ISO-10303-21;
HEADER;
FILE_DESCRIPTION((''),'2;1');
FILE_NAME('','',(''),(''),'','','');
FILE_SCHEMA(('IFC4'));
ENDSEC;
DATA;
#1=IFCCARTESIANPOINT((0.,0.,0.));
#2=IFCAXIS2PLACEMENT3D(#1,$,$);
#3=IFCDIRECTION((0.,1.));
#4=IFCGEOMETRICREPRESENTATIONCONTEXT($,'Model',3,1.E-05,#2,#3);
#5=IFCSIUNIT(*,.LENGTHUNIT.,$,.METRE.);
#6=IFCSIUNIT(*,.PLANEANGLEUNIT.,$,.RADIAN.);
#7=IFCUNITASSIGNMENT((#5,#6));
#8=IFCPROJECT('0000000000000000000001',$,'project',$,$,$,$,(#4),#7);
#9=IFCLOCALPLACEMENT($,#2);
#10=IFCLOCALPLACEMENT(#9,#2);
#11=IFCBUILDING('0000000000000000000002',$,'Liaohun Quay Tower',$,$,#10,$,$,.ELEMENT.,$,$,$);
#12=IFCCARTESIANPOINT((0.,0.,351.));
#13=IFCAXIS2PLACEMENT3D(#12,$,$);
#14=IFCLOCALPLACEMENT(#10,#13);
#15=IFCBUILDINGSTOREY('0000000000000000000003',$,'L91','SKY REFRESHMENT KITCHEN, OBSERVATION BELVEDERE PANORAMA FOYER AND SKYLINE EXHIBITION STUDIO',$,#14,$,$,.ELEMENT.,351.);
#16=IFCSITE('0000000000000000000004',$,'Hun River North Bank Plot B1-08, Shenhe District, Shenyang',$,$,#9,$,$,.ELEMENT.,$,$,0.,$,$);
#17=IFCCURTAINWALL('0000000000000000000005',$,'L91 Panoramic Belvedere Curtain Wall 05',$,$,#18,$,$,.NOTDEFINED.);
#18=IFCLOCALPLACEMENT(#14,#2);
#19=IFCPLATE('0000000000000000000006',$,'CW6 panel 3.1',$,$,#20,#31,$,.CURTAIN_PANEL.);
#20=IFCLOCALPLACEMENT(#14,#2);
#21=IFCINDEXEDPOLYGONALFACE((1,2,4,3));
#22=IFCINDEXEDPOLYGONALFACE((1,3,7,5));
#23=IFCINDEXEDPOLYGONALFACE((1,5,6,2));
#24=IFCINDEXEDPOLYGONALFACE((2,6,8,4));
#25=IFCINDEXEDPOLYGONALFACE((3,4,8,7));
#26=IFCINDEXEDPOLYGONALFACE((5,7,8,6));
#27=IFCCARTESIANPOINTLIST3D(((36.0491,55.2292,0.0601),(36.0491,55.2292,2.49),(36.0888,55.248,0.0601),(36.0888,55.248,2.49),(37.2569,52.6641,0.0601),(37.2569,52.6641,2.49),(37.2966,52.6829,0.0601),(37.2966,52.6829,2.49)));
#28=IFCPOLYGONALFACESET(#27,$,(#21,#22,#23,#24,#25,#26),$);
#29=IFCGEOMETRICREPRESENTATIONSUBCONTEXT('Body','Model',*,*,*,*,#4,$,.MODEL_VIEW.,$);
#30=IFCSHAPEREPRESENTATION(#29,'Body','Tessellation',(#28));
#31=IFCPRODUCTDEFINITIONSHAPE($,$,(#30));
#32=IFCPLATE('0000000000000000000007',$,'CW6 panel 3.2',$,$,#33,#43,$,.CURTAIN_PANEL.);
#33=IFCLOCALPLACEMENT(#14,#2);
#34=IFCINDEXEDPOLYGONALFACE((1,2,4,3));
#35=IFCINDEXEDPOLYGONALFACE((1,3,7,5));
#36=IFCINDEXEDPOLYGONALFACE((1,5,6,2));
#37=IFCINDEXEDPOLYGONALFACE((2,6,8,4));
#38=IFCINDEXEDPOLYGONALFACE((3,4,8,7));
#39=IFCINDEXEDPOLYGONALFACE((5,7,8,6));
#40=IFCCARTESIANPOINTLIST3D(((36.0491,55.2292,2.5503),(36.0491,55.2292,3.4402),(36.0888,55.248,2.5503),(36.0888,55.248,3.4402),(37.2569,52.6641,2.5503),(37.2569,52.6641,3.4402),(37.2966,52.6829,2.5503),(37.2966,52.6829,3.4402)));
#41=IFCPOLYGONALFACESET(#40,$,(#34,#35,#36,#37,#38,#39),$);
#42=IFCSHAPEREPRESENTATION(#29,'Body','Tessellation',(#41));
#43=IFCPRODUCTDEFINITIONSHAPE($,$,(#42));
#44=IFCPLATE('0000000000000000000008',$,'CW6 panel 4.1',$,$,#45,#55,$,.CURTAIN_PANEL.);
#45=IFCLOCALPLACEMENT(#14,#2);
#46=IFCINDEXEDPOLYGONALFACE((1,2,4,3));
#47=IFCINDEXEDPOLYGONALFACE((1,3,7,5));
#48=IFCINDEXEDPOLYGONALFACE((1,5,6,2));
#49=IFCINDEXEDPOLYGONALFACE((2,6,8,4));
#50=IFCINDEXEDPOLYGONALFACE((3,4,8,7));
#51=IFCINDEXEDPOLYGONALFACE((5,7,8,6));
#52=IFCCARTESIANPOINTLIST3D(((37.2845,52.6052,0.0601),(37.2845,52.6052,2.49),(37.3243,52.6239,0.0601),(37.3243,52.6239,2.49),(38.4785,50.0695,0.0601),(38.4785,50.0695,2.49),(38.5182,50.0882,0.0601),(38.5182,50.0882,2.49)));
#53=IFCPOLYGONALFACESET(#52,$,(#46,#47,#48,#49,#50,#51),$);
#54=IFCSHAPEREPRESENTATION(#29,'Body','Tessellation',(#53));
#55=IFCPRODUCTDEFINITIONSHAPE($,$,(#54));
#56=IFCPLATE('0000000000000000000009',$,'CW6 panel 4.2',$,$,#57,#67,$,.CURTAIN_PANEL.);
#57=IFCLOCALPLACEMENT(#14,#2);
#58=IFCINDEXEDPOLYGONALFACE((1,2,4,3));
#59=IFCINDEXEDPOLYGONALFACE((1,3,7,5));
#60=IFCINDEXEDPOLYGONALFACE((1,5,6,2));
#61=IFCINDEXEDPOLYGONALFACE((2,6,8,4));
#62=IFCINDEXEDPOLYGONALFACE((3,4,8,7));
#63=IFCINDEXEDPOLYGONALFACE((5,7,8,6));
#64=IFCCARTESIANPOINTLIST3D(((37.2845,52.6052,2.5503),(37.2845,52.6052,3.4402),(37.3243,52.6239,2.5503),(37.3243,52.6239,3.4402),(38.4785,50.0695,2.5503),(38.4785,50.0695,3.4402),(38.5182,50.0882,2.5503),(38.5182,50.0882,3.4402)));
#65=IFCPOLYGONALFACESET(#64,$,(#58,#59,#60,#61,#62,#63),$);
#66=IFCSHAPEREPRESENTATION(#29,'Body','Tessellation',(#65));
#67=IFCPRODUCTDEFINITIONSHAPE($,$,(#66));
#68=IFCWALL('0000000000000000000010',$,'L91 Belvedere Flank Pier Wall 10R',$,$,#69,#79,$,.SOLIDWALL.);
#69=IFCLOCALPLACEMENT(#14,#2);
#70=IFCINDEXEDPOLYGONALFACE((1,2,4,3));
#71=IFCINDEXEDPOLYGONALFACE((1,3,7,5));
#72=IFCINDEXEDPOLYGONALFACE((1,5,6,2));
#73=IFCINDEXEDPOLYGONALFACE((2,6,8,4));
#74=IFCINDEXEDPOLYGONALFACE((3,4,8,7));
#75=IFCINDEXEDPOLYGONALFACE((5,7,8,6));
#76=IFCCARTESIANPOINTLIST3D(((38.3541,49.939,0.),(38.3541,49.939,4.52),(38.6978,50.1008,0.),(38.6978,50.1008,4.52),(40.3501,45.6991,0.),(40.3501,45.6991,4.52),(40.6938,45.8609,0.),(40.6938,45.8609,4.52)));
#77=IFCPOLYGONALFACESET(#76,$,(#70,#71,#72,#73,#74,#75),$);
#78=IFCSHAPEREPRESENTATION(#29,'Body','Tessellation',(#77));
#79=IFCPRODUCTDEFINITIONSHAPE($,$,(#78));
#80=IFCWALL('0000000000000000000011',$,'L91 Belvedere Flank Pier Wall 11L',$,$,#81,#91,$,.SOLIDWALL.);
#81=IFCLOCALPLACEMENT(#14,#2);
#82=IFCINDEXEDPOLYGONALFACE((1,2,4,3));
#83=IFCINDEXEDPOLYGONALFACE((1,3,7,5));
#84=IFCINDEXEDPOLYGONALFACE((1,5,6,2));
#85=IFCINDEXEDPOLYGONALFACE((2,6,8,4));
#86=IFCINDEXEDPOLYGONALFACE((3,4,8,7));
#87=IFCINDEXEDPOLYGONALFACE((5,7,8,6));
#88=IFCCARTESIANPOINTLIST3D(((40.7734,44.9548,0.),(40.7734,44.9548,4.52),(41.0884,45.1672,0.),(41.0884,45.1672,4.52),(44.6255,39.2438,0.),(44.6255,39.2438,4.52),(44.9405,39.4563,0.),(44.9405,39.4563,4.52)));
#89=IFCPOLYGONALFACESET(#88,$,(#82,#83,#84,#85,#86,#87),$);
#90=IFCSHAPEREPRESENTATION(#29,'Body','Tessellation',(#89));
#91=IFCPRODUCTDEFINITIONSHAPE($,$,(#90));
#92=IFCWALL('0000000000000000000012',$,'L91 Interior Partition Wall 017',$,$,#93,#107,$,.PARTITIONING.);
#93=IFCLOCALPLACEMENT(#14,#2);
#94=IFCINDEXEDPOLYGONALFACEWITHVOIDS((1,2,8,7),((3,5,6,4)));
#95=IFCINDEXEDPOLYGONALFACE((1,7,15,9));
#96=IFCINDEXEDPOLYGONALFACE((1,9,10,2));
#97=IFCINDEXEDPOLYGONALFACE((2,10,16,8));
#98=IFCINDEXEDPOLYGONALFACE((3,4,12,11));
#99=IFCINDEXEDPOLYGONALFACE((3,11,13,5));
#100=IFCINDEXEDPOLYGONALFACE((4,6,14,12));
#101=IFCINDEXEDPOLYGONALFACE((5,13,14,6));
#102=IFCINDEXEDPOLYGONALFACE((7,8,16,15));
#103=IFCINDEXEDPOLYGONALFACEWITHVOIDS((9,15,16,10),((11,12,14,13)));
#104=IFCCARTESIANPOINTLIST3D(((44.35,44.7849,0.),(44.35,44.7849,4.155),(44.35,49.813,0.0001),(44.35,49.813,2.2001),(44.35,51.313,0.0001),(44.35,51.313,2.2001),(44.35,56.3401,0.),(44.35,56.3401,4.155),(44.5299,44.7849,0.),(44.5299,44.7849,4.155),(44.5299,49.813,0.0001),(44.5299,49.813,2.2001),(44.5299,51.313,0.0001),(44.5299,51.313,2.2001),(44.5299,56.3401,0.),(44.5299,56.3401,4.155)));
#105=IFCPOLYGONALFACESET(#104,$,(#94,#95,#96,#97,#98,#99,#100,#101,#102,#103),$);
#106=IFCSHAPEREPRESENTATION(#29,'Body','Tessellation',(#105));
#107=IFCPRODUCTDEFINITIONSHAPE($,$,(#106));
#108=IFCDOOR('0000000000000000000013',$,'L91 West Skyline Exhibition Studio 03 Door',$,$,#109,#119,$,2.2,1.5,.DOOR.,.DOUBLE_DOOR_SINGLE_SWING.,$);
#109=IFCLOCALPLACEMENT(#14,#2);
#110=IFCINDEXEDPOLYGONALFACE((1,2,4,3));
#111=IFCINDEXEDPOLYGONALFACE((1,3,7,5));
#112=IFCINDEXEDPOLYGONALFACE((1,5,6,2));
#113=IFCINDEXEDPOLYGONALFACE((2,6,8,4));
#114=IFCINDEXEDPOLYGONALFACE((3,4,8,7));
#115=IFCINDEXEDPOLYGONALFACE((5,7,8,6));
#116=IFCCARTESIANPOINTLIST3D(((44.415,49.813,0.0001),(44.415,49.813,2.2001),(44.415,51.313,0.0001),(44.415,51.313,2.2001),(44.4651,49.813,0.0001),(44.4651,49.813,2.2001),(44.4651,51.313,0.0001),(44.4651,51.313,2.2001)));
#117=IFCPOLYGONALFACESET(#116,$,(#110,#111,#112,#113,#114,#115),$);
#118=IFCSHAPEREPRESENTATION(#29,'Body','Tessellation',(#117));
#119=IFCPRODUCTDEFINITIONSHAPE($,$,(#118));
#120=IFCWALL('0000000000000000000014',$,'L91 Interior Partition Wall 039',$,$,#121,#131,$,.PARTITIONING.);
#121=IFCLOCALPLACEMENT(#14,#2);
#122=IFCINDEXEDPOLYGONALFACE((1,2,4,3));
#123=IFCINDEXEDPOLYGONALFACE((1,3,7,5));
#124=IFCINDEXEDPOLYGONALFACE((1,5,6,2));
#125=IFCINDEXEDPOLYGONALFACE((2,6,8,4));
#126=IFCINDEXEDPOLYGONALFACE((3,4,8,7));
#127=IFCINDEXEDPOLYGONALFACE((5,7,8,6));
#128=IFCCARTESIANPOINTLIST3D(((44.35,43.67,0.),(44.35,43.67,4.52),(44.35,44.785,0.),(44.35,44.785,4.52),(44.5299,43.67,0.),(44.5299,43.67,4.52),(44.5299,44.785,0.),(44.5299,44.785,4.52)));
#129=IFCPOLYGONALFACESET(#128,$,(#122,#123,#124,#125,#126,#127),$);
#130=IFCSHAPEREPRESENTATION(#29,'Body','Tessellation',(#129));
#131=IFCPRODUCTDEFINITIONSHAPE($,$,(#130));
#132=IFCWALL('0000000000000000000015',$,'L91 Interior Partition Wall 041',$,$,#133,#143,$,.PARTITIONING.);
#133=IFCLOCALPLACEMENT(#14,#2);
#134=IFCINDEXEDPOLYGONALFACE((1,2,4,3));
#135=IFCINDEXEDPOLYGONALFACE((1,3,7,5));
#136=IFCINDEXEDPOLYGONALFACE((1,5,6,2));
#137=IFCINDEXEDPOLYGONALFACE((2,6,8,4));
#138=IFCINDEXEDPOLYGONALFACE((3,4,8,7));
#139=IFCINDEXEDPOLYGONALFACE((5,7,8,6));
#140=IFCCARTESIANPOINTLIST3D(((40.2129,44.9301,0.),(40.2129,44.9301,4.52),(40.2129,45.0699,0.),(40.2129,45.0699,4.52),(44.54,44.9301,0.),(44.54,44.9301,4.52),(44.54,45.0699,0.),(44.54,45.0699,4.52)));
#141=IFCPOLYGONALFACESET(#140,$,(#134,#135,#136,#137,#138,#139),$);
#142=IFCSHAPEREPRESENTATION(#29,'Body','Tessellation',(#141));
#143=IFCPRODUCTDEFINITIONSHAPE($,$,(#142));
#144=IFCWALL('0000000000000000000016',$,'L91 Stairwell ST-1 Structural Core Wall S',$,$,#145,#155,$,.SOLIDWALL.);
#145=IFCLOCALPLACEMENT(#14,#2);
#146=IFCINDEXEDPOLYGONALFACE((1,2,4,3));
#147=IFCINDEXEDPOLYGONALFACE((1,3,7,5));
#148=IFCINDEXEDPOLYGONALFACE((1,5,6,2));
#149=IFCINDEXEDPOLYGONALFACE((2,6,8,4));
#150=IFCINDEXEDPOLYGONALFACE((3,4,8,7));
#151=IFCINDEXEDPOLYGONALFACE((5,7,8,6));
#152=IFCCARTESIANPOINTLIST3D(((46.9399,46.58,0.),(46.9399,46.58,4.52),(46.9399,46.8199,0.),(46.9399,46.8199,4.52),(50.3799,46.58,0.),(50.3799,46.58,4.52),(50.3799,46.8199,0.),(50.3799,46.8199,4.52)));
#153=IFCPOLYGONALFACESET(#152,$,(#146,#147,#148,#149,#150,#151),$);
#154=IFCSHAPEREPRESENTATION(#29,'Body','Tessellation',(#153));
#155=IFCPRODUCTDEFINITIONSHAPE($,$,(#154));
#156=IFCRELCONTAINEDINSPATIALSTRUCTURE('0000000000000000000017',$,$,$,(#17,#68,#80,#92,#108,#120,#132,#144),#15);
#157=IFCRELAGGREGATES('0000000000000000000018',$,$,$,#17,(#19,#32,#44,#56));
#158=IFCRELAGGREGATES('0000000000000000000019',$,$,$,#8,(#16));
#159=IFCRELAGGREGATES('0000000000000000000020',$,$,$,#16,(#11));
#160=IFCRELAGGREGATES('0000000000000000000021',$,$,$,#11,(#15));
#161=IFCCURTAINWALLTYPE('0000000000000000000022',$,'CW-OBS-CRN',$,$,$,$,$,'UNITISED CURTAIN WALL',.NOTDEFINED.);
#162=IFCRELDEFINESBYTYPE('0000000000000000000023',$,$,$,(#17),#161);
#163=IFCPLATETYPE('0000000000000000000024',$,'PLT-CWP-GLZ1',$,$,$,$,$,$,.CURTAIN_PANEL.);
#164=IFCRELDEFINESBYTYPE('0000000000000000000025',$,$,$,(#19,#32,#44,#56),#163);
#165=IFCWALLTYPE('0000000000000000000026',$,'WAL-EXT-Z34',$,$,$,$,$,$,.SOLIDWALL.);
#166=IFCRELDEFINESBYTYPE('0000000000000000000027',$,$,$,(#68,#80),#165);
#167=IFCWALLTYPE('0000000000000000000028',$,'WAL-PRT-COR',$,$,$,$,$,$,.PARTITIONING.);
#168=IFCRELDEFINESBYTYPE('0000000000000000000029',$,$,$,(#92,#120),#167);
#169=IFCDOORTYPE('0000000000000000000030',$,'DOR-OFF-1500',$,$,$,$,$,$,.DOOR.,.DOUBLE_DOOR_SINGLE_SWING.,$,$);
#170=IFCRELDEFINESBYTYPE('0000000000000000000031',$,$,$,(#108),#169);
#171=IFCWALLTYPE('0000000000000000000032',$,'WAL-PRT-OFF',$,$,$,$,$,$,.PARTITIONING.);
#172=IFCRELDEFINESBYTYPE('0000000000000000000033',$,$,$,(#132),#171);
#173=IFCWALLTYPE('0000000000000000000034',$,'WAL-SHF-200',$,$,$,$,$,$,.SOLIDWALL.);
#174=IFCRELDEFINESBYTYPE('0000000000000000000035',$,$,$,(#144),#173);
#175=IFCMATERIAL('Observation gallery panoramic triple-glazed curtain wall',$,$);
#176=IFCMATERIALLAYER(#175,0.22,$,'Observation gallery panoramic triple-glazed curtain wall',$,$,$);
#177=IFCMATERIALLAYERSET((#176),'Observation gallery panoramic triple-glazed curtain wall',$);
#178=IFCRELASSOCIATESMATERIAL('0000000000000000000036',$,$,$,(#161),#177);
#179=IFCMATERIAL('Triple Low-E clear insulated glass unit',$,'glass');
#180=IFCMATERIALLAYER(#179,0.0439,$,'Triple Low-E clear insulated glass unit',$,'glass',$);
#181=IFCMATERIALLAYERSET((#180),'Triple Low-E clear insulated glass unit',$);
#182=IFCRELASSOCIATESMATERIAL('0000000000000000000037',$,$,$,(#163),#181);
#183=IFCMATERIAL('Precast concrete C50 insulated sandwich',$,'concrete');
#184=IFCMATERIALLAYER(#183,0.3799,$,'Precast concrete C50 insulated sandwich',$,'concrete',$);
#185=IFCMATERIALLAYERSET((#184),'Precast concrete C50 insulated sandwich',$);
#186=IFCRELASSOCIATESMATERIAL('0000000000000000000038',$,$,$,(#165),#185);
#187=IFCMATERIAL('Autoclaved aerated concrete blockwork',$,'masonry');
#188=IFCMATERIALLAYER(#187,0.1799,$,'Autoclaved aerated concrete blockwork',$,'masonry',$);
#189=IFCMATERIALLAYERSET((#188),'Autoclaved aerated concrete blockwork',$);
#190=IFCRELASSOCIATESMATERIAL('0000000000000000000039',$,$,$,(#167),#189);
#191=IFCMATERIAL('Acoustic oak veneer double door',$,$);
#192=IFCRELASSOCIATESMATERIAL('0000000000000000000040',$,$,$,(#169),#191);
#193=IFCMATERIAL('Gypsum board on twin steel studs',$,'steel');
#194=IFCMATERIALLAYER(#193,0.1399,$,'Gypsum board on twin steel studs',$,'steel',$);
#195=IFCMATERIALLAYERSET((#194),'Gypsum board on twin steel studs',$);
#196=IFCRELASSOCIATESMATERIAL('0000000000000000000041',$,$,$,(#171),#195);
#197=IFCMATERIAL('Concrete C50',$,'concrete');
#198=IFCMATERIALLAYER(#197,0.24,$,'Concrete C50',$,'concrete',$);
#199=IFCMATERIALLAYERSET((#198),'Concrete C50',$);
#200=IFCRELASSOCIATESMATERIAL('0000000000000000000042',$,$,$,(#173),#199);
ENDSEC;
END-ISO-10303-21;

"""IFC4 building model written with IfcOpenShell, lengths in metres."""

from ifc_helpers import new_model, si_unit, direction, frame, frame_2d, origin, origin_2d, place, context, subcontext, project, spatial, rectangle, extrude, source, transform, mapped, material, layer, layer_set, type_object, element, fill, aggregate, save


model = new_model("IFC4")

# Units and contexts
model_context = context("Model", 3, precision=1e-05, world=origin(), true_north=direction((0.0, 1.0)))
body_context = subcontext(model_context, "Body", "Model", "MODEL_VIEW")
ifc_project = project(units=[si_unit("LENGTHUNIT", "METRE"), si_unit("PLANEANGLEUNIT", "RADIAN")], contexts=[model_context])

# Site, building, storey
site_placement = place(None, origin())
site = spatial("IfcSite", under=ifc_project, at=site_placement, Name="Hun River North Bank Plot B1-08, Shenhe District, Shenyang", CompositionType="ELEMENT", RefElevation=0.0)
building_placement = place(site_placement, origin())
building = spatial("IfcBuilding", under=site, at=building_placement, Name="Liaohun Quay Tower", CompositionType="ELEMENT")
storey_placement = place(building_placement, frame((0.0, 0.0, 351.0)))
storey = spatial("IfcBuildingStorey", under=building, at=storey_placement, Name="L91", Description="SKY REFRESHMENT KITCHEN, OBSERVATION BELVEDERE PANORAMA FOYER AND SKYLINE EXHIBITION STUDIO", CompositionType="ELEMENT", Elevation=351.0)

# Shared definitions
ifc_material_1 = material(Name="Concrete C50", Category="concrete")

# Curtain wall, plates
ifc_material_2 = material(Name="Observation gallery panoramic triple-glazed curtain wall")
ifc_layer_1 = layer(ifc_material_2, 0.22, Name="Observation gallery panoramic triple-glazed curtain wall")
ifc_layer_set_1 = layer_set([ifc_layer_1], Name="Observation gallery panoramic triple-glazed curtain wall")
curtain_wall_type = type_object("IfcCurtainWallType", Name="CW-OBS-CRN", ElementType="UNITISED CURTAIN WALL", PredefinedType="NOTDEFINED", material=ifc_layer_set_1)
curtain_wall_placement = place(storey_placement, origin())
curtain_wall = element("IfcCurtainWall", 1, at=curtain_wall_placement, inside=storey, type_object=curtain_wall_type, Name="L91 Panoramic Belvedere Curtain Wall 05", PredefinedType="NOTDEFINED")
ifc_material_3 = material(Name="Triple Low-E clear insulated glass unit", Category="glass")
ifc_layer_2 = layer(ifc_material_3, 0.0439, Name="Triple Low-E clear insulated glass unit", Category="glass")
ifc_layer_set_2 = layer_set([ifc_layer_2], Name="Triple Low-E clear insulated glass unit")
plate_type = type_object("IfcPlateType", Name="PLT-CWP-GLZ1", PredefinedType="CURTAIN_PANEL", material=ifc_layer_set_2)
shared_shape_1 = source(origin(), body_context, "Body", "SweptSolid", [
    extrude(rectangle(XDim=2.8352, YDim=0.0439, at=origin_2d()), origin(), (0.0, 0.0, 1.0), 2.4299),
])
plate_1_placement = place(storey_placement, frame((36.6729, 53.9561, 0.0601), z_axis=(0.0, 0.0, 1.0), x_axis=(0.425988, -0.904729, 0.0)))
plate_1 = element("IfcPlate", 2, at=plate_1_placement, type_object=plate_type, Name="CW6 panel 3.1", PredefinedType="CURTAIN_PANEL", context=body_context, shape_type="MappedRepresentation", body=[
    mapped(shared_shape_1, transform((0.0, 0.0, 0.0), x_axis=(1.0, 0.0, 0.0), y_axis=(0.0, 1.0, 0.0), z_axis=(0.0, 0.0, 1.0), scale=1.0)),
])
shared_shape_2 = source(origin(), body_context, "Body", "SweptSolid", [
    extrude(rectangle(XDim=2.8352, YDim=0.0439, at=origin_2d()), origin(), (0.0, 0.0, 1.0), 0.8899),
])
plate_2_placement = place(storey_placement, frame((36.6729, 53.9561, 2.5503), z_axis=(0.0, 0.0, 1.0), x_axis=(0.425988, -0.904729, 0.0)))
plate_2 = element("IfcPlate", 3, at=plate_2_placement, type_object=plate_type, Name="CW6 panel 3.2", PredefinedType="CURTAIN_PANEL", context=body_context, shape_type="MappedRepresentation", body=[
    mapped(shared_shape_2, transform((0.0, 0.0, 0.0), x_axis=(1.0, 0.0, 0.0), y_axis=(0.0, 1.0, 0.0), z_axis=(0.0, 0.0, 1.0), scale=1.0)),
])
shared_shape_3 = source(origin(), body_context, "Body", "SweptSolid", [
    extrude(rectangle(XDim=2.8027, YDim=0.0439, at=origin_2d()), origin(), (0.0, 0.0, 1.0), 2.4299),
])
plate_3_placement = place(storey_placement, frame((37.9014, 51.3467, 0.0601), z_axis=(0.0, 0.0, 1.0), x_axis=(0.425988, -0.904729, 0.0)))
plate_3 = element("IfcPlate", 4, at=plate_3_placement, type_object=plate_type, Name="CW6 panel 4.1", PredefinedType="CURTAIN_PANEL", context=body_context, shape_type="MappedRepresentation", body=[
    mapped(shared_shape_3, transform((0.0, 0.0, 0.0), x_axis=(1.0, 0.0, 0.0), y_axis=(0.0, 1.0, 0.0), z_axis=(0.0, 0.0, 1.0), scale=1.0)),
])
shared_shape_4 = source(origin(), body_context, "Body", "SweptSolid", [
    extrude(rectangle(XDim=2.8027, YDim=0.0439, at=origin_2d()), origin(), (0.0, 0.0, 1.0), 0.8899),
])
plate_4_placement = place(storey_placement, frame((37.9014, 51.3467, 2.5503), z_axis=(0.0, 0.0, 1.0), x_axis=(0.425988, -0.904729, 0.0)))
plate_4 = element("IfcPlate", 5, at=plate_4_placement, type_object=plate_type, Name="CW6 panel 4.2", PredefinedType="CURTAIN_PANEL", context=body_context, shape_type="MappedRepresentation", body=[
    mapped(shared_shape_4, transform((0.0, 0.0, 0.0), x_axis=(1.0, 0.0, 0.0), y_axis=(0.0, 1.0, 0.0), z_axis=(0.0, 0.0, 1.0), scale=1.0)),
])
aggregate(curtain_wall, [plate_1, plate_2, plate_3, plate_4])

# Walls
ifc_material_4 = material(Name="Precast concrete C50 insulated sandwich", Category="concrete")
ifc_layer_3 = layer(ifc_material_4, 0.3799, Name="Precast concrete C50 insulated sandwich", Category="concrete")
ifc_layer_set_3 = layer_set([ifc_layer_3], Name="Precast concrete C50 insulated sandwich")
wall_type_1 = type_object("IfcWallType", Name="WAL-EXT-Z34", PredefinedType="SOLIDWALL", material=ifc_layer_set_3)
wall_1_placement = place(storey_placement, frame((38.5259, 50.02, 0.0), z_axis=(0.0, 0.0, 1.0), x_axis=(0.425938, -0.904753, 0.0)))
element("IfcWall", 6, at=wall_1_placement, inside=storey, type_object=wall_type_1, Name="L91 Belvedere Flank Pier Wall 10R", PredefinedType="SOLIDWALL", context=body_context, shape_type="SweptSolid", body=[
    extrude(rectangle(XDim=4.6863, YDim=0.3799, at=frame_2d((2.3433, 0.0))), origin(), (0.0, 0.0, 1.0), 4.52),
])
wall_2_placement = place(storey_placement, frame((40.9309, 45.061, 0.0), z_axis=(0.0, 0.0, 1.0), x_axis=(0.55919, -0.829039, 0.0)))
element("IfcWall", 7, at=wall_2_placement, inside=storey, type_object=wall_type_1, Name="L91 Belvedere Flank Pier Wall 11L", PredefinedType="SOLIDWALL", context=body_context, shape_type="SweptSolid", body=[
    extrude(rectangle(XDim=6.8887, YDim=0.3799, at=frame_2d((3.4443, 0.0))), origin(), (0.0, 0.0, 1.0), 4.52),
])

# Wall, opening, door
ifc_material_5 = material(Name="Autoclaved aerated concrete blockwork", Category="masonry")
ifc_layer_4 = layer(ifc_material_5, 0.1799, Name="Autoclaved aerated concrete blockwork", Category="masonry")
ifc_layer_set_4 = layer_set([ifc_layer_4], Name="Autoclaved aerated concrete blockwork")
wall_type_2 = type_object("IfcWallType", Name="WAL-PRT-COR", PredefinedType="PARTITIONING", material=ifc_layer_set_4)
wall_3_placement = place(storey_placement, frame((44.4399, 44.7849, 0.0), z_axis=(0.0, 0.0, 1.0), x_axis=(0.0, 1.0, 0.0)))
wall_3 = element("IfcWall", 8, at=wall_3_placement, inside=storey, type_object=wall_type_2, Name="L91 Interior Partition Wall 017", PredefinedType="PARTITIONING", context=body_context, shape_type="SweptSolid", body=[
    extrude(rectangle(XDim=11.5552, YDim=0.1799, at=frame_2d((5.7776, 0.0))), origin(), (0.0, 0.0, 1.0), 4.155),
])
shared_shape_5 = source(origin(), body_context, "Body", "SweptSolid", [
    extrude(rectangle(XDim=1.5, YDim=2.2, at=frame_2d((0.75, 1.1001))), frame((0.0, 0.0999, 0.0), z_axis=(0.0, -1.0, 0.0), x_axis=(1.0, 0.0, 0.0)), (0.0, 0.0, 1.0), 0.2),
])
opening_1_placement = place(wall_3_placement, frame((5.0281, 0.0, 0.0)))
opening_1 = element("IfcOpeningElement", 9, at=opening_1_placement, cuts=wall_3, PredefinedType="OPENING", context=body_context, shape_type="MappedRepresentation", body=[
    mapped(shared_shape_5, transform((0.0, 0.0, 0.0), x_axis=(1.0, 0.0, 0.0), y_axis=(0.0, 1.0, 0.0), z_axis=(0.0, 0.0, 1.0), scale=1.0)),
])
ifc_material_6 = material(Name="Acoustic oak veneer double door")
door_type_1 = type_object("IfcDoorType", Name="DOR-OFF-1500", OperationType="DOUBLE_DOOR_SINGLE_SWING", PredefinedType="DOOR", material=ifc_material_6)
shared_shape_6 = source(origin(), body_context, "Body", "SweptSolid", [
    extrude(rectangle(XDim=1.5, YDim=2.2, at=frame_2d((0.75, 1.1001))), frame((0.0, 0.0249, 0.0), z_axis=(0.0, -1.0, 0.0), x_axis=(1.0, 0.0, 0.0)), (0.0, 0.0, 1.0), 0.05),
])
door_1_placement = place(opening_1_placement, origin())
door_1 = element("IfcDoor", 10, at=door_1_placement, inside=storey, type_object=door_type_1, Name="L91 West Skyline Exhibition Studio 03 Door", OperationType="DOUBLE_DOOR_SINGLE_SWING", OverallHeight=2.2, OverallWidth=1.5, PredefinedType="DOOR", context=body_context, shape_type="MappedRepresentation", body=[
    mapped(shared_shape_6, transform((0.0, 0.0, 0.0), x_axis=(1.0, 0.0, 0.0), y_axis=(0.0, 1.0, 0.0), z_axis=(0.0, 0.0, 1.0), scale=1.0)),
])
fill(opening_1, door_1)

# Walls
wall_4_placement = place(storey_placement, frame((44.4399, 43.6699, 0.0), z_axis=(0.0, 0.0, 1.0), x_axis=(0.0, 1.0, 0.0)))
element("IfcWall", 11, at=wall_4_placement, inside=storey, type_object=wall_type_2, Name="L91 Interior Partition Wall 039", PredefinedType="PARTITIONING", context=body_context, shape_type="SweptSolid", body=[
    extrude(rectangle(XDim=1.115, YDim=0.1799, at=frame_2d((0.5576, 0.0))), origin(), (0.0, 0.0, 1.0), 4.52),
])
ifc_material_7 = material(Name="Gypsum board on twin steel studs", Category="steel")
ifc_layer_5 = layer(ifc_material_7, 0.1399, Name="Gypsum board on twin steel studs", Category="steel")
ifc_layer_set_5 = layer_set([ifc_layer_5], Name="Gypsum board on twin steel studs")
wall_type_3 = type_object("IfcWallType", Name="WAL-PRT-OFF", PredefinedType="PARTITIONING", material=ifc_layer_set_5)
wall_5_placement = place(storey_placement, frame((44.54, 45.0, 0.0), z_axis=(0.0, 0.0, 1.0), x_axis=(-1.0, 0.0, 0.0)))
element("IfcWall", 12, at=wall_5_placement, inside=storey, type_object=wall_type_3, Name="L91 Interior Partition Wall 041", PredefinedType="PARTITIONING", context=body_context, shape_type="SweptSolid", body=[
    extrude(rectangle(XDim=4.3271, YDim=0.1399, at=frame_2d((2.1636, 0.0))), origin(), (0.0, 0.0, 1.0), 4.52),
])
ifc_layer_6 = layer(ifc_material_1, 0.24, Name="Concrete C50", Category="concrete")
ifc_layer_set_6 = layer_set([ifc_layer_6], Name="Concrete C50")
wall_type_4 = type_object("IfcWallType", Name="WAL-SHF-200", PredefinedType="SOLIDWALL", material=ifc_layer_set_6)
wall_6_placement = place(storey_placement, frame((46.9399, 46.7, 0.0), z_axis=(0.0, 0.0, 1.0), x_axis=(1.0, 0.0, 0.0)))
element("IfcWall", 13, at=wall_6_placement, inside=storey, type_object=wall_type_4, Name="L91 Stairwell ST-1 Structural Core Wall S", PredefinedType="SOLIDWALL", context=body_context, shape_type="SweptSolid", body=[
    extrude(rectangle(XDim=3.4399, YDim=0.24, at=frame_2d((1.72, 0.0))), origin(), (0.0, 0.0, 1.0), 4.52),
])

save(model, "model.ifc")
